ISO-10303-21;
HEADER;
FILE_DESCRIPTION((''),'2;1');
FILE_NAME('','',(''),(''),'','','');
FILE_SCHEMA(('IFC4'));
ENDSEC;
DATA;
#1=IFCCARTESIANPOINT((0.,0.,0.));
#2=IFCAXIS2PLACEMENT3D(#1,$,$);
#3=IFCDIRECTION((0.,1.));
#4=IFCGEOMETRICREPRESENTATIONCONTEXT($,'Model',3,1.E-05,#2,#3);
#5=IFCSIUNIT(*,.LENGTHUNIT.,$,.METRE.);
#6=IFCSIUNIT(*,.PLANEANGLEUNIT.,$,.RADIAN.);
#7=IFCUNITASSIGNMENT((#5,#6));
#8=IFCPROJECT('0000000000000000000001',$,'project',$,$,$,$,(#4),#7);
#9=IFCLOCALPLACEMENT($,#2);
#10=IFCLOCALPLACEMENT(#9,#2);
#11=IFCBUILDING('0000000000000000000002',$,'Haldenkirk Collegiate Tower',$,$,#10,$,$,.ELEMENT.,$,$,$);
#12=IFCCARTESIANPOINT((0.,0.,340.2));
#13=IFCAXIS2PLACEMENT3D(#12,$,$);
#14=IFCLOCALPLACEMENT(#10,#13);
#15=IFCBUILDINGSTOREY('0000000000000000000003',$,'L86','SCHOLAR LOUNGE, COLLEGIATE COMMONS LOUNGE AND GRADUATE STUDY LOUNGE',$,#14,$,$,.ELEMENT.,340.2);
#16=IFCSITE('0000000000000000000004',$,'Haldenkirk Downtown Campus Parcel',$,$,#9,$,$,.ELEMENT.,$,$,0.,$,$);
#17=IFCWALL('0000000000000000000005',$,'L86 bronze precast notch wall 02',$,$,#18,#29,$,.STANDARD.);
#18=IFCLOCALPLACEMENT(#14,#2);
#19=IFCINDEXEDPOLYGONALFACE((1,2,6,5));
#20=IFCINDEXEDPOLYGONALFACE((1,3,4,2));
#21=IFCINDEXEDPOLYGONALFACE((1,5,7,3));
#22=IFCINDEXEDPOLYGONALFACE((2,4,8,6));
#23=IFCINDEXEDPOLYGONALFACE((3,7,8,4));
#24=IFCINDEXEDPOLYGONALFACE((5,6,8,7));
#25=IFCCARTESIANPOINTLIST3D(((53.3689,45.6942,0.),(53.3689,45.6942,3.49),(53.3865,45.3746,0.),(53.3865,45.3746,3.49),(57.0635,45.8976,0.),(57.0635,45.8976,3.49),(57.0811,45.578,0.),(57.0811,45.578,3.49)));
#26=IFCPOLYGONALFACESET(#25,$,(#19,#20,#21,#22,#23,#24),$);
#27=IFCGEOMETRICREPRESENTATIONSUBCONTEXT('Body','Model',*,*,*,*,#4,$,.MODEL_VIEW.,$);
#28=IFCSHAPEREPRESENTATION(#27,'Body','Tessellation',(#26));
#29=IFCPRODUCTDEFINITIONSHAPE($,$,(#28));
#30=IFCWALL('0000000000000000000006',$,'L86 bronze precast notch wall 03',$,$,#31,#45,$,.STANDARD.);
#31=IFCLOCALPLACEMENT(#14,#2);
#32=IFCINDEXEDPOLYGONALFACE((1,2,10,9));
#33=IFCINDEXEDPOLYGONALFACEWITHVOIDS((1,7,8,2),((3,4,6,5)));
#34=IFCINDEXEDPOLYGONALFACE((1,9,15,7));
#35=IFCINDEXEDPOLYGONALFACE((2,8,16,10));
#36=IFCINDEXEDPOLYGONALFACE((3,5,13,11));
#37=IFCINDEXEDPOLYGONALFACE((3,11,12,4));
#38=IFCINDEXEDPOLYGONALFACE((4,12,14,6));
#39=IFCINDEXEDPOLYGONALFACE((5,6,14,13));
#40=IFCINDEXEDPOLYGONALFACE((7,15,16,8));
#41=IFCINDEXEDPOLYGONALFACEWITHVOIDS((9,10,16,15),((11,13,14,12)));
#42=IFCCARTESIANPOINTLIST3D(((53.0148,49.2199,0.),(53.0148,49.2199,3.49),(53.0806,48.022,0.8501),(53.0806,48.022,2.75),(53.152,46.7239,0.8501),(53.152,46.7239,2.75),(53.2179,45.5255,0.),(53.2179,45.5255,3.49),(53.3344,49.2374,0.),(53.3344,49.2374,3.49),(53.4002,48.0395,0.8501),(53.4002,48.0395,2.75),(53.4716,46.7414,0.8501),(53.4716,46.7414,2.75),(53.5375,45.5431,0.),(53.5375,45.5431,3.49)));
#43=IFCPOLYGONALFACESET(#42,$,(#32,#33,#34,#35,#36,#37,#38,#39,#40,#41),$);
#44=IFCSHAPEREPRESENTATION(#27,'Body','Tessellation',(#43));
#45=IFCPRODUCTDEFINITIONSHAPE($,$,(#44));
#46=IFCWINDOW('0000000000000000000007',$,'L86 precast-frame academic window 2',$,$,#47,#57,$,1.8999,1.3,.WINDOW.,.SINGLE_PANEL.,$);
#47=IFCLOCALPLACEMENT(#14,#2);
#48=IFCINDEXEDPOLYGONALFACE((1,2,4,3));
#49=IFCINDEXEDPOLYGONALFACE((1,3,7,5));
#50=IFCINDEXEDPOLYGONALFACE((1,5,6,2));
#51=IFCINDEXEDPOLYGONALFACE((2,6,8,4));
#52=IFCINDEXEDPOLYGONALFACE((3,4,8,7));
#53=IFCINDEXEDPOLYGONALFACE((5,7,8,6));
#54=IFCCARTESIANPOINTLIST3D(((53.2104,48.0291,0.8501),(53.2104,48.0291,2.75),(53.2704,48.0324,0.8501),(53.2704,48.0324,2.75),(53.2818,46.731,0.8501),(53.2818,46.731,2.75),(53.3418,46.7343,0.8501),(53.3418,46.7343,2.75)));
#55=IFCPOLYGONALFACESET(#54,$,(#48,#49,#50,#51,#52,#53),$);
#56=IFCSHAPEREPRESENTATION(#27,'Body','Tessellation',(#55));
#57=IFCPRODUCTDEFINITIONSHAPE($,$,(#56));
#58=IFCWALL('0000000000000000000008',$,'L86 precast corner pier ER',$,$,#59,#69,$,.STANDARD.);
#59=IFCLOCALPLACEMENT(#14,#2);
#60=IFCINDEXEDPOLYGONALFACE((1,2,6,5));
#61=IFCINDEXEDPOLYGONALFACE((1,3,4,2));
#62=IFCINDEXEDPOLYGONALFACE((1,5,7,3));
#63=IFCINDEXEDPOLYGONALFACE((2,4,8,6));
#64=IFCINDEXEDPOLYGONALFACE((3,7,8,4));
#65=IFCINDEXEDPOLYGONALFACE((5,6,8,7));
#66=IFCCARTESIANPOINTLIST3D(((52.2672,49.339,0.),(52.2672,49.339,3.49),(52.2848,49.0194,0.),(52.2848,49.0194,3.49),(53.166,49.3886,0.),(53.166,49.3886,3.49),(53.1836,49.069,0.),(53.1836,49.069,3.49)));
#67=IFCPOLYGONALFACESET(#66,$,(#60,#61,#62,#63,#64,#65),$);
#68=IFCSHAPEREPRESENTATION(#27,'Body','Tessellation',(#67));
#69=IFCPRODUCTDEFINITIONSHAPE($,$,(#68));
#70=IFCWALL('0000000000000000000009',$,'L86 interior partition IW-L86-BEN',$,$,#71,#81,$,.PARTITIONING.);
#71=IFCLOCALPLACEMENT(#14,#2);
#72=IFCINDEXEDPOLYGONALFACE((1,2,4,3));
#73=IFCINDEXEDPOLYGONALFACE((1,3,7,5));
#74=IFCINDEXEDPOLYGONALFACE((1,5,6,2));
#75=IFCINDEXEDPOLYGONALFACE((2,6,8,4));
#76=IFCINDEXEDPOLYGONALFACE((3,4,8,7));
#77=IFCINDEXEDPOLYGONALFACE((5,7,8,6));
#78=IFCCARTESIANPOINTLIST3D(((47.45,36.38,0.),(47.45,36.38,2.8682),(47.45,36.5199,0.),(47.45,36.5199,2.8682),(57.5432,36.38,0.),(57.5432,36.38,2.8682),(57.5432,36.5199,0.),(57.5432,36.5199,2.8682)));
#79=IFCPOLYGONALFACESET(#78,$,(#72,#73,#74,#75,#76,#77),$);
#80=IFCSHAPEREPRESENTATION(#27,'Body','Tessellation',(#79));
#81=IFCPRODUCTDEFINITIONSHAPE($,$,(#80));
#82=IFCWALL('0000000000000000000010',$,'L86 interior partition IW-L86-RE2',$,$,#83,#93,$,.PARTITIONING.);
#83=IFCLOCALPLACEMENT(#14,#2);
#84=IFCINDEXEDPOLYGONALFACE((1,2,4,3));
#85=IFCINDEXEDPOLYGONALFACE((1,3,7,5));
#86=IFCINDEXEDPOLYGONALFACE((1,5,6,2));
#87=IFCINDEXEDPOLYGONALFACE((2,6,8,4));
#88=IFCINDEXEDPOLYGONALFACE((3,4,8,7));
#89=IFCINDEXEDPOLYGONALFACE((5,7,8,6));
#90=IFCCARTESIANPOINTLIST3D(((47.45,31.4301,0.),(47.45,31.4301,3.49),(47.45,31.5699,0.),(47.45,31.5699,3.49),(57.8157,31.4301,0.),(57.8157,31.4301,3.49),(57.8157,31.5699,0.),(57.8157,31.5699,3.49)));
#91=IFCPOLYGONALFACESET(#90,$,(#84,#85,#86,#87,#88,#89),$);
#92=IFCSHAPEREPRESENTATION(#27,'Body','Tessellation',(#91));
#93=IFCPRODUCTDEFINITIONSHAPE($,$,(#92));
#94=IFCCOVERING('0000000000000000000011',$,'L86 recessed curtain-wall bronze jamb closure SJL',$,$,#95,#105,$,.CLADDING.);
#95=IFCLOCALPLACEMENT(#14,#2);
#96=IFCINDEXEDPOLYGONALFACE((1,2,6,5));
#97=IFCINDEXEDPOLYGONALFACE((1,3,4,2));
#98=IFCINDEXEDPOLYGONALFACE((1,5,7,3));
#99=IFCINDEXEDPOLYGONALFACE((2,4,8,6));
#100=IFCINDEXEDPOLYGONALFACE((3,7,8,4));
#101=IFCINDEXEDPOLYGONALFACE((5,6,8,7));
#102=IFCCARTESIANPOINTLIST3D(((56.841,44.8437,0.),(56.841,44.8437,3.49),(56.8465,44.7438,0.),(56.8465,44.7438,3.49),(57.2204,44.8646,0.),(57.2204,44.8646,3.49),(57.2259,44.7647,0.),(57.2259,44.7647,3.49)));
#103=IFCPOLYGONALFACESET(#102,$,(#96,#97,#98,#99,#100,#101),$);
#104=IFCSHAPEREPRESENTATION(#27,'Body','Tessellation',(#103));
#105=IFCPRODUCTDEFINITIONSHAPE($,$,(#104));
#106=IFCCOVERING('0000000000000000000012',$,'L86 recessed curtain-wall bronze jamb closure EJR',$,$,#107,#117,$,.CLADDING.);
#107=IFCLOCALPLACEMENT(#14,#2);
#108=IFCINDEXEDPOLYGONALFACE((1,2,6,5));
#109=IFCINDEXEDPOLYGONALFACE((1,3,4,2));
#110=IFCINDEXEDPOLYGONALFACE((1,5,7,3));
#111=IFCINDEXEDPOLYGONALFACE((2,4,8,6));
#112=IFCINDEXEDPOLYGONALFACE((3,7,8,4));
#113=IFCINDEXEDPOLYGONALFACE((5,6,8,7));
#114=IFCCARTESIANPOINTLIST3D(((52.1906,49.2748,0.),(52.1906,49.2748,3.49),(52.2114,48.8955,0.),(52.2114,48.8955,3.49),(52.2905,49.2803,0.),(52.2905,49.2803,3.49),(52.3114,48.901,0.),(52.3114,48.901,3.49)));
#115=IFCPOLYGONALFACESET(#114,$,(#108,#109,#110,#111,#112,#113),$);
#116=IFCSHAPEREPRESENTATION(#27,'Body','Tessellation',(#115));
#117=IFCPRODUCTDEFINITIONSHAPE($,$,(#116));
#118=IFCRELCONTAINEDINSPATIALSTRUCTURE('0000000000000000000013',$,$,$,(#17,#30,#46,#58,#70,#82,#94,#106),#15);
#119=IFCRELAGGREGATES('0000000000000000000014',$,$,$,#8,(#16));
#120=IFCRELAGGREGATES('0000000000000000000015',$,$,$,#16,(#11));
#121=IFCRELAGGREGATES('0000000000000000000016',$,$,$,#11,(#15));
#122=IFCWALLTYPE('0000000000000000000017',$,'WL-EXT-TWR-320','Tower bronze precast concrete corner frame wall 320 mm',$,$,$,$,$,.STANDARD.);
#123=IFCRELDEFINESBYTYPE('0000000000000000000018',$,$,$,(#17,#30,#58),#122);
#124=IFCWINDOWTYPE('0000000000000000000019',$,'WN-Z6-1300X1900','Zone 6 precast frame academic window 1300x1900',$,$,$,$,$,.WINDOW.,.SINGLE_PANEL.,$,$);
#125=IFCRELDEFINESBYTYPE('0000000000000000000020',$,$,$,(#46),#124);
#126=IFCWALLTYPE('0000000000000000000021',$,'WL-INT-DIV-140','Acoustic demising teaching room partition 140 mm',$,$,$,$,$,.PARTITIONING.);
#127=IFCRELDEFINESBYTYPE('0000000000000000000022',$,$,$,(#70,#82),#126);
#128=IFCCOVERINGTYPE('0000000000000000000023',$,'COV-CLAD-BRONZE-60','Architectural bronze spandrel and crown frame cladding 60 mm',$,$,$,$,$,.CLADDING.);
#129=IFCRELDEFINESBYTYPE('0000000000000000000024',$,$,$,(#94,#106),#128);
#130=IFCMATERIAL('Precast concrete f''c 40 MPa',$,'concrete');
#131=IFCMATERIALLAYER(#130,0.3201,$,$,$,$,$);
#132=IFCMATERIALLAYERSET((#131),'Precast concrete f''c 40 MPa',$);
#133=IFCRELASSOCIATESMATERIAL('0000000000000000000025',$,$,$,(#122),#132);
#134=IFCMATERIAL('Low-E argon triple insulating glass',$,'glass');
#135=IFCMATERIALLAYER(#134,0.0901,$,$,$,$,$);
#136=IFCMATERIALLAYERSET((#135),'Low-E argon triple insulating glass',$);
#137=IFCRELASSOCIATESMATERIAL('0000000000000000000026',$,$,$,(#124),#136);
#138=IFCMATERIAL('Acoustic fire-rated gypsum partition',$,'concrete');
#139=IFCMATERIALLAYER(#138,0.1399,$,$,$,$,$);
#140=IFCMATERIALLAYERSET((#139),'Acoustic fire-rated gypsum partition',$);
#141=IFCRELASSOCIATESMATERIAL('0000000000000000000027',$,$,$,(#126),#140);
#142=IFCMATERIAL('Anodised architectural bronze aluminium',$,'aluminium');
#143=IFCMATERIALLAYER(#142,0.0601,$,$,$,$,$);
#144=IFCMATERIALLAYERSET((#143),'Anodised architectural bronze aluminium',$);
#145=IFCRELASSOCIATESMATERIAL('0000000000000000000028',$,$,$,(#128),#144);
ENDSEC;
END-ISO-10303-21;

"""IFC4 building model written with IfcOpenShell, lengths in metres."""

from ifc_helpers import new_model, si_unit, direction, frame, frame_2d, origin, origin_2d, place, context, subcontext, project, spatial, rectangle, extrude, source, transform, mapped, material, layer, layer_set, type_object, element, fill, save


model = new_model("IFC4")

# Units and contexts
model_context = context("Model", 3, precision=1e-05, world=origin(), true_north=direction((0.0, 1.0)))
body_context = subcontext(model_context, "Body", "Model", "MODEL_VIEW")
ifc_project = project(units=[si_unit("LENGTHUNIT", "METRE"), si_unit("PLANEANGLEUNIT", "RADIAN")], contexts=[model_context])

# Site, building, storey
site_placement = place(None, origin())
site = spatial("IfcSite", under=ifc_project, at=site_placement, Name="Haldenkirk Downtown Campus Parcel", CompositionType="ELEMENT", RefElevation=0.0)
building_placement = place(site_placement, origin())
building = spatial("IfcBuilding", under=site, at=building_placement, Name="Haldenkirk Collegiate Tower", CompositionType="ELEMENT")
storey_placement = place(building_placement, frame((0.0, 0.0, 340.2)))
storey = spatial("IfcBuildingStorey", under=building, at=storey_placement, Name="L86", Description="SCHOLAR LOUNGE, COLLEGIATE COMMONS LOUNGE AND GRADUATE STUDY LOUNGE", CompositionType="ELEMENT", Elevation=340.2)

# Shared definitions
ifc_material_1 = material(Name="Anodised architectural bronze aluminium", Category="aluminium")

# Shared definitions
ifc_material_2 = material(Name="Low-E argon triple insulating glass", Category="glass")

# Wall
ifc_material_3 = material(Name="Precast concrete f'c 40 MPa", Category="concrete")
ifc_layer_1 = layer(ifc_material_3, 0.3201)
ifc_layer_set_1 = layer_set([ifc_layer_1], Name="Precast concrete f'c 40 MPa")
wall_type_1 = type_object("IfcWallType", Name="WL-EXT-TWR-320", Description="Tower bronze precast concrete corner frame wall 320 mm", PredefinedType="STANDARD", material=ifc_layer_set_1)
wall_1_placement = place(storey_placement, frame((53.3777, 45.5344, 0.0), z_axis=(0.0, 0.0, 1.0), x_axis=(0.998488, 0.054962, 0.0)))
element("IfcWall", 1, at=wall_1_placement, inside=storey, type_object=wall_type_1, Name="L86 bronze precast notch wall 02", PredefinedType="STANDARD", context=body_context, shape_type="SweptSolid", body=[
    extrude(rectangle(XDim=3.7002, YDim=0.3201, at=frame_2d((1.8501, 0.0))), origin(), (0.0, 0.0, 1.0), 3.49),
])

# Wall, opening, window
wall_2_placement = place(storey_placement, frame((53.1746, 49.2288, 0.0), z_axis=(0.0, 0.0, 1.0), x_axis=(0.0549, -0.998492, 0.0)))
wall_2 = element("IfcWall", 2, at=wall_2_placement, inside=storey, type_object=wall_type_1, Name="L86 bronze precast notch wall 03", PredefinedType="STANDARD", context=body_context, shape_type="SweptSolid", body=[
    extrude(rectangle(XDim=3.7, YDim=0.3201, at=frame_2d((1.8501, 0.0))), origin(), (0.0, 0.0, 1.0), 3.49),
])
opening_placement = place(wall_2_placement, frame((1.2, 0.0, 0.8501)))
opening = element("IfcOpeningElement", 3, at=opening_placement, cuts=wall_2, PredefinedType="OPENING", context=body_context, shape_type="SweptSolid", body=[
    extrude(rectangle(XDim=1.3, YDim=1.8999, at=frame_2d((0.6499, 0.95))), frame((0.0, 0.1699, 0.0), z_axis=(0.0, -1.0, 0.0), x_axis=(1.0, 0.0, 0.0)), (0.0, 0.0, 1.0), 0.3401),
])
ifc_layer_2 = layer(ifc_material_2, 0.0901)
ifc_layer_set_2 = layer_set([ifc_layer_2], Name="Low-E argon triple insulating glass")
window_type = type_object("IfcWindowType", Name="WN-Z6-1300X1900", Description="Zone 6 precast frame academic window 1300x1900", PartitioningType="SINGLE_PANEL", PredefinedType="WINDOW", material=ifc_layer_set_2)
window_placement = place(opening_placement, origin())
window = element("IfcWindow", 4, at=window_placement, inside=storey, type_object=window_type, Name="L86 precast-frame academic window 2", OverallHeight=1.8999, OverallWidth=1.3, PartitioningType="SINGLE_PANEL", PredefinedType="WINDOW", context=body_context, shape_type="SweptSolid", body=[
    extrude(rectangle(XDim=1.3, YDim=1.8999, at=frame_2d((0.6499, 0.95))), frame((0.0, 0.03, 0.0), z_axis=(0.0, -1.0, 0.0), x_axis=(1.0, 0.0, 0.0)), (0.0, 0.0, 1.0), 0.0601),
])
fill(opening, window)

# Walls
wall_3_placement = place(storey_placement, frame((52.2759, 49.1792, 0.0), z_axis=(0.0, 0.0, 1.0), x_axis=(0.998483, 0.055064, 0.0)))
element("IfcWall", 5, at=wall_3_placement, inside=storey, type_object=wall_type_1, Name="L86 precast corner pier ER", PredefinedType="STANDARD", context=body_context, shape_type="SweptSolid", body=[
    extrude(rectangle(XDim=0.9001, YDim=0.3201, at=frame_2d((0.4502, 0.0))), origin(), (0.0, 0.0, 1.0), 3.49),
])
ifc_material_4 = material(Name="Acoustic fire-rated gypsum partition", Category="concrete")
ifc_layer_3 = layer(ifc_material_4, 0.1399)
ifc_layer_set_3 = layer_set([ifc_layer_3], Name="Acoustic fire-rated gypsum partition")
wall_type_2 = type_object("IfcWallType", Name="WL-INT-DIV-140", Description="Acoustic demising teaching room partition 140 mm", PredefinedType="PARTITIONING", material=ifc_layer_set_3)
wall_4_placement = place(storey_placement, frame((47.45, 36.45, 0.0), z_axis=(0.0, 0.0, 1.0), x_axis=(1.0, 0.0, 0.0)))
element("IfcWall", 6, at=wall_4_placement, inside=storey, type_object=wall_type_2, Name="L86 interior partition IW-L86-BEN", PredefinedType="PARTITIONING", context=body_context, shape_type="SweptSolid", body=[
    extrude(rectangle(XDim=10.0933, YDim=0.1399, at=frame_2d((5.0466, 0.0))), origin(), (0.0, 0.0, 1.0), 2.8682),
])
wall_5_placement = place(storey_placement, frame((47.45, 31.5, 0.0), z_axis=(0.0, 0.0, 1.0), x_axis=(1.0, 0.0, 0.0)))
element("IfcWall", 7, at=wall_5_placement, inside=storey, type_object=wall_type_2, Name="L86 interior partition IW-L86-RE2", PredefinedType="PARTITIONING", context=body_context, shape_type="SweptSolid", body=[
    extrude(rectangle(XDim=10.3657, YDim=0.1399, at=frame_2d((5.1829, 0.0))), origin(), (0.0, 0.0, 1.0), 3.49),
])

# Coverings
ifc_layer_4 = layer(ifc_material_1, 0.0601)
ifc_layer_set_4 = layer_set([ifc_layer_4], Name="Anodised architectural bronze aluminium")
covering_type = type_object("IfcCoveringType", Name="COV-CLAD-BRONZE-60", Description="Architectural bronze spandrel and crown frame cladding 60 mm", PredefinedType="CLADDING", material=ifc_layer_set_4)
shared_shape_1 = source(origin(), body_context, "Body", "SweptSolid", [
    extrude(rectangle(XDim=0.1001, YDim=0.3799, at=origin_2d()), origin(), (0.0, 0.0, 1.0), 3.49),
])
for number, where, z_axis, x_axis, name in (
    (8, (57.0334, 44.8042, 0.0), (0.0, 0.0, 1.0), (0.05495, -0.998489, 0.0), "L86 recessed curtain-wall bronze jamb closure SJL"),
    (9, (52.251, 49.0879, 0.0), (0.0, 0.0, 1.0), (0.998489, 0.05495, 0.0), "L86 recessed curtain-wall bronze jamb closure EJR"),
):
    element("IfcCovering", number, at=place(storey_placement, frame(where, z_axis=z_axis, x_axis=x_axis)), inside=storey, type_object=covering_type, Name=name, PredefinedType="CLADDING", context=body_context, shape_type="MappedRepresentation", body=[
        mapped(shared_shape_1, transform((0.0, 0.0, 0.0), x_axis=(1.0, 0.0, 0.0), y_axis=(0.0, 1.0, 0.0), z_axis=(0.0, 0.0, 1.0), scale=1.0)),
    ])

save(model, "model.ifc")
